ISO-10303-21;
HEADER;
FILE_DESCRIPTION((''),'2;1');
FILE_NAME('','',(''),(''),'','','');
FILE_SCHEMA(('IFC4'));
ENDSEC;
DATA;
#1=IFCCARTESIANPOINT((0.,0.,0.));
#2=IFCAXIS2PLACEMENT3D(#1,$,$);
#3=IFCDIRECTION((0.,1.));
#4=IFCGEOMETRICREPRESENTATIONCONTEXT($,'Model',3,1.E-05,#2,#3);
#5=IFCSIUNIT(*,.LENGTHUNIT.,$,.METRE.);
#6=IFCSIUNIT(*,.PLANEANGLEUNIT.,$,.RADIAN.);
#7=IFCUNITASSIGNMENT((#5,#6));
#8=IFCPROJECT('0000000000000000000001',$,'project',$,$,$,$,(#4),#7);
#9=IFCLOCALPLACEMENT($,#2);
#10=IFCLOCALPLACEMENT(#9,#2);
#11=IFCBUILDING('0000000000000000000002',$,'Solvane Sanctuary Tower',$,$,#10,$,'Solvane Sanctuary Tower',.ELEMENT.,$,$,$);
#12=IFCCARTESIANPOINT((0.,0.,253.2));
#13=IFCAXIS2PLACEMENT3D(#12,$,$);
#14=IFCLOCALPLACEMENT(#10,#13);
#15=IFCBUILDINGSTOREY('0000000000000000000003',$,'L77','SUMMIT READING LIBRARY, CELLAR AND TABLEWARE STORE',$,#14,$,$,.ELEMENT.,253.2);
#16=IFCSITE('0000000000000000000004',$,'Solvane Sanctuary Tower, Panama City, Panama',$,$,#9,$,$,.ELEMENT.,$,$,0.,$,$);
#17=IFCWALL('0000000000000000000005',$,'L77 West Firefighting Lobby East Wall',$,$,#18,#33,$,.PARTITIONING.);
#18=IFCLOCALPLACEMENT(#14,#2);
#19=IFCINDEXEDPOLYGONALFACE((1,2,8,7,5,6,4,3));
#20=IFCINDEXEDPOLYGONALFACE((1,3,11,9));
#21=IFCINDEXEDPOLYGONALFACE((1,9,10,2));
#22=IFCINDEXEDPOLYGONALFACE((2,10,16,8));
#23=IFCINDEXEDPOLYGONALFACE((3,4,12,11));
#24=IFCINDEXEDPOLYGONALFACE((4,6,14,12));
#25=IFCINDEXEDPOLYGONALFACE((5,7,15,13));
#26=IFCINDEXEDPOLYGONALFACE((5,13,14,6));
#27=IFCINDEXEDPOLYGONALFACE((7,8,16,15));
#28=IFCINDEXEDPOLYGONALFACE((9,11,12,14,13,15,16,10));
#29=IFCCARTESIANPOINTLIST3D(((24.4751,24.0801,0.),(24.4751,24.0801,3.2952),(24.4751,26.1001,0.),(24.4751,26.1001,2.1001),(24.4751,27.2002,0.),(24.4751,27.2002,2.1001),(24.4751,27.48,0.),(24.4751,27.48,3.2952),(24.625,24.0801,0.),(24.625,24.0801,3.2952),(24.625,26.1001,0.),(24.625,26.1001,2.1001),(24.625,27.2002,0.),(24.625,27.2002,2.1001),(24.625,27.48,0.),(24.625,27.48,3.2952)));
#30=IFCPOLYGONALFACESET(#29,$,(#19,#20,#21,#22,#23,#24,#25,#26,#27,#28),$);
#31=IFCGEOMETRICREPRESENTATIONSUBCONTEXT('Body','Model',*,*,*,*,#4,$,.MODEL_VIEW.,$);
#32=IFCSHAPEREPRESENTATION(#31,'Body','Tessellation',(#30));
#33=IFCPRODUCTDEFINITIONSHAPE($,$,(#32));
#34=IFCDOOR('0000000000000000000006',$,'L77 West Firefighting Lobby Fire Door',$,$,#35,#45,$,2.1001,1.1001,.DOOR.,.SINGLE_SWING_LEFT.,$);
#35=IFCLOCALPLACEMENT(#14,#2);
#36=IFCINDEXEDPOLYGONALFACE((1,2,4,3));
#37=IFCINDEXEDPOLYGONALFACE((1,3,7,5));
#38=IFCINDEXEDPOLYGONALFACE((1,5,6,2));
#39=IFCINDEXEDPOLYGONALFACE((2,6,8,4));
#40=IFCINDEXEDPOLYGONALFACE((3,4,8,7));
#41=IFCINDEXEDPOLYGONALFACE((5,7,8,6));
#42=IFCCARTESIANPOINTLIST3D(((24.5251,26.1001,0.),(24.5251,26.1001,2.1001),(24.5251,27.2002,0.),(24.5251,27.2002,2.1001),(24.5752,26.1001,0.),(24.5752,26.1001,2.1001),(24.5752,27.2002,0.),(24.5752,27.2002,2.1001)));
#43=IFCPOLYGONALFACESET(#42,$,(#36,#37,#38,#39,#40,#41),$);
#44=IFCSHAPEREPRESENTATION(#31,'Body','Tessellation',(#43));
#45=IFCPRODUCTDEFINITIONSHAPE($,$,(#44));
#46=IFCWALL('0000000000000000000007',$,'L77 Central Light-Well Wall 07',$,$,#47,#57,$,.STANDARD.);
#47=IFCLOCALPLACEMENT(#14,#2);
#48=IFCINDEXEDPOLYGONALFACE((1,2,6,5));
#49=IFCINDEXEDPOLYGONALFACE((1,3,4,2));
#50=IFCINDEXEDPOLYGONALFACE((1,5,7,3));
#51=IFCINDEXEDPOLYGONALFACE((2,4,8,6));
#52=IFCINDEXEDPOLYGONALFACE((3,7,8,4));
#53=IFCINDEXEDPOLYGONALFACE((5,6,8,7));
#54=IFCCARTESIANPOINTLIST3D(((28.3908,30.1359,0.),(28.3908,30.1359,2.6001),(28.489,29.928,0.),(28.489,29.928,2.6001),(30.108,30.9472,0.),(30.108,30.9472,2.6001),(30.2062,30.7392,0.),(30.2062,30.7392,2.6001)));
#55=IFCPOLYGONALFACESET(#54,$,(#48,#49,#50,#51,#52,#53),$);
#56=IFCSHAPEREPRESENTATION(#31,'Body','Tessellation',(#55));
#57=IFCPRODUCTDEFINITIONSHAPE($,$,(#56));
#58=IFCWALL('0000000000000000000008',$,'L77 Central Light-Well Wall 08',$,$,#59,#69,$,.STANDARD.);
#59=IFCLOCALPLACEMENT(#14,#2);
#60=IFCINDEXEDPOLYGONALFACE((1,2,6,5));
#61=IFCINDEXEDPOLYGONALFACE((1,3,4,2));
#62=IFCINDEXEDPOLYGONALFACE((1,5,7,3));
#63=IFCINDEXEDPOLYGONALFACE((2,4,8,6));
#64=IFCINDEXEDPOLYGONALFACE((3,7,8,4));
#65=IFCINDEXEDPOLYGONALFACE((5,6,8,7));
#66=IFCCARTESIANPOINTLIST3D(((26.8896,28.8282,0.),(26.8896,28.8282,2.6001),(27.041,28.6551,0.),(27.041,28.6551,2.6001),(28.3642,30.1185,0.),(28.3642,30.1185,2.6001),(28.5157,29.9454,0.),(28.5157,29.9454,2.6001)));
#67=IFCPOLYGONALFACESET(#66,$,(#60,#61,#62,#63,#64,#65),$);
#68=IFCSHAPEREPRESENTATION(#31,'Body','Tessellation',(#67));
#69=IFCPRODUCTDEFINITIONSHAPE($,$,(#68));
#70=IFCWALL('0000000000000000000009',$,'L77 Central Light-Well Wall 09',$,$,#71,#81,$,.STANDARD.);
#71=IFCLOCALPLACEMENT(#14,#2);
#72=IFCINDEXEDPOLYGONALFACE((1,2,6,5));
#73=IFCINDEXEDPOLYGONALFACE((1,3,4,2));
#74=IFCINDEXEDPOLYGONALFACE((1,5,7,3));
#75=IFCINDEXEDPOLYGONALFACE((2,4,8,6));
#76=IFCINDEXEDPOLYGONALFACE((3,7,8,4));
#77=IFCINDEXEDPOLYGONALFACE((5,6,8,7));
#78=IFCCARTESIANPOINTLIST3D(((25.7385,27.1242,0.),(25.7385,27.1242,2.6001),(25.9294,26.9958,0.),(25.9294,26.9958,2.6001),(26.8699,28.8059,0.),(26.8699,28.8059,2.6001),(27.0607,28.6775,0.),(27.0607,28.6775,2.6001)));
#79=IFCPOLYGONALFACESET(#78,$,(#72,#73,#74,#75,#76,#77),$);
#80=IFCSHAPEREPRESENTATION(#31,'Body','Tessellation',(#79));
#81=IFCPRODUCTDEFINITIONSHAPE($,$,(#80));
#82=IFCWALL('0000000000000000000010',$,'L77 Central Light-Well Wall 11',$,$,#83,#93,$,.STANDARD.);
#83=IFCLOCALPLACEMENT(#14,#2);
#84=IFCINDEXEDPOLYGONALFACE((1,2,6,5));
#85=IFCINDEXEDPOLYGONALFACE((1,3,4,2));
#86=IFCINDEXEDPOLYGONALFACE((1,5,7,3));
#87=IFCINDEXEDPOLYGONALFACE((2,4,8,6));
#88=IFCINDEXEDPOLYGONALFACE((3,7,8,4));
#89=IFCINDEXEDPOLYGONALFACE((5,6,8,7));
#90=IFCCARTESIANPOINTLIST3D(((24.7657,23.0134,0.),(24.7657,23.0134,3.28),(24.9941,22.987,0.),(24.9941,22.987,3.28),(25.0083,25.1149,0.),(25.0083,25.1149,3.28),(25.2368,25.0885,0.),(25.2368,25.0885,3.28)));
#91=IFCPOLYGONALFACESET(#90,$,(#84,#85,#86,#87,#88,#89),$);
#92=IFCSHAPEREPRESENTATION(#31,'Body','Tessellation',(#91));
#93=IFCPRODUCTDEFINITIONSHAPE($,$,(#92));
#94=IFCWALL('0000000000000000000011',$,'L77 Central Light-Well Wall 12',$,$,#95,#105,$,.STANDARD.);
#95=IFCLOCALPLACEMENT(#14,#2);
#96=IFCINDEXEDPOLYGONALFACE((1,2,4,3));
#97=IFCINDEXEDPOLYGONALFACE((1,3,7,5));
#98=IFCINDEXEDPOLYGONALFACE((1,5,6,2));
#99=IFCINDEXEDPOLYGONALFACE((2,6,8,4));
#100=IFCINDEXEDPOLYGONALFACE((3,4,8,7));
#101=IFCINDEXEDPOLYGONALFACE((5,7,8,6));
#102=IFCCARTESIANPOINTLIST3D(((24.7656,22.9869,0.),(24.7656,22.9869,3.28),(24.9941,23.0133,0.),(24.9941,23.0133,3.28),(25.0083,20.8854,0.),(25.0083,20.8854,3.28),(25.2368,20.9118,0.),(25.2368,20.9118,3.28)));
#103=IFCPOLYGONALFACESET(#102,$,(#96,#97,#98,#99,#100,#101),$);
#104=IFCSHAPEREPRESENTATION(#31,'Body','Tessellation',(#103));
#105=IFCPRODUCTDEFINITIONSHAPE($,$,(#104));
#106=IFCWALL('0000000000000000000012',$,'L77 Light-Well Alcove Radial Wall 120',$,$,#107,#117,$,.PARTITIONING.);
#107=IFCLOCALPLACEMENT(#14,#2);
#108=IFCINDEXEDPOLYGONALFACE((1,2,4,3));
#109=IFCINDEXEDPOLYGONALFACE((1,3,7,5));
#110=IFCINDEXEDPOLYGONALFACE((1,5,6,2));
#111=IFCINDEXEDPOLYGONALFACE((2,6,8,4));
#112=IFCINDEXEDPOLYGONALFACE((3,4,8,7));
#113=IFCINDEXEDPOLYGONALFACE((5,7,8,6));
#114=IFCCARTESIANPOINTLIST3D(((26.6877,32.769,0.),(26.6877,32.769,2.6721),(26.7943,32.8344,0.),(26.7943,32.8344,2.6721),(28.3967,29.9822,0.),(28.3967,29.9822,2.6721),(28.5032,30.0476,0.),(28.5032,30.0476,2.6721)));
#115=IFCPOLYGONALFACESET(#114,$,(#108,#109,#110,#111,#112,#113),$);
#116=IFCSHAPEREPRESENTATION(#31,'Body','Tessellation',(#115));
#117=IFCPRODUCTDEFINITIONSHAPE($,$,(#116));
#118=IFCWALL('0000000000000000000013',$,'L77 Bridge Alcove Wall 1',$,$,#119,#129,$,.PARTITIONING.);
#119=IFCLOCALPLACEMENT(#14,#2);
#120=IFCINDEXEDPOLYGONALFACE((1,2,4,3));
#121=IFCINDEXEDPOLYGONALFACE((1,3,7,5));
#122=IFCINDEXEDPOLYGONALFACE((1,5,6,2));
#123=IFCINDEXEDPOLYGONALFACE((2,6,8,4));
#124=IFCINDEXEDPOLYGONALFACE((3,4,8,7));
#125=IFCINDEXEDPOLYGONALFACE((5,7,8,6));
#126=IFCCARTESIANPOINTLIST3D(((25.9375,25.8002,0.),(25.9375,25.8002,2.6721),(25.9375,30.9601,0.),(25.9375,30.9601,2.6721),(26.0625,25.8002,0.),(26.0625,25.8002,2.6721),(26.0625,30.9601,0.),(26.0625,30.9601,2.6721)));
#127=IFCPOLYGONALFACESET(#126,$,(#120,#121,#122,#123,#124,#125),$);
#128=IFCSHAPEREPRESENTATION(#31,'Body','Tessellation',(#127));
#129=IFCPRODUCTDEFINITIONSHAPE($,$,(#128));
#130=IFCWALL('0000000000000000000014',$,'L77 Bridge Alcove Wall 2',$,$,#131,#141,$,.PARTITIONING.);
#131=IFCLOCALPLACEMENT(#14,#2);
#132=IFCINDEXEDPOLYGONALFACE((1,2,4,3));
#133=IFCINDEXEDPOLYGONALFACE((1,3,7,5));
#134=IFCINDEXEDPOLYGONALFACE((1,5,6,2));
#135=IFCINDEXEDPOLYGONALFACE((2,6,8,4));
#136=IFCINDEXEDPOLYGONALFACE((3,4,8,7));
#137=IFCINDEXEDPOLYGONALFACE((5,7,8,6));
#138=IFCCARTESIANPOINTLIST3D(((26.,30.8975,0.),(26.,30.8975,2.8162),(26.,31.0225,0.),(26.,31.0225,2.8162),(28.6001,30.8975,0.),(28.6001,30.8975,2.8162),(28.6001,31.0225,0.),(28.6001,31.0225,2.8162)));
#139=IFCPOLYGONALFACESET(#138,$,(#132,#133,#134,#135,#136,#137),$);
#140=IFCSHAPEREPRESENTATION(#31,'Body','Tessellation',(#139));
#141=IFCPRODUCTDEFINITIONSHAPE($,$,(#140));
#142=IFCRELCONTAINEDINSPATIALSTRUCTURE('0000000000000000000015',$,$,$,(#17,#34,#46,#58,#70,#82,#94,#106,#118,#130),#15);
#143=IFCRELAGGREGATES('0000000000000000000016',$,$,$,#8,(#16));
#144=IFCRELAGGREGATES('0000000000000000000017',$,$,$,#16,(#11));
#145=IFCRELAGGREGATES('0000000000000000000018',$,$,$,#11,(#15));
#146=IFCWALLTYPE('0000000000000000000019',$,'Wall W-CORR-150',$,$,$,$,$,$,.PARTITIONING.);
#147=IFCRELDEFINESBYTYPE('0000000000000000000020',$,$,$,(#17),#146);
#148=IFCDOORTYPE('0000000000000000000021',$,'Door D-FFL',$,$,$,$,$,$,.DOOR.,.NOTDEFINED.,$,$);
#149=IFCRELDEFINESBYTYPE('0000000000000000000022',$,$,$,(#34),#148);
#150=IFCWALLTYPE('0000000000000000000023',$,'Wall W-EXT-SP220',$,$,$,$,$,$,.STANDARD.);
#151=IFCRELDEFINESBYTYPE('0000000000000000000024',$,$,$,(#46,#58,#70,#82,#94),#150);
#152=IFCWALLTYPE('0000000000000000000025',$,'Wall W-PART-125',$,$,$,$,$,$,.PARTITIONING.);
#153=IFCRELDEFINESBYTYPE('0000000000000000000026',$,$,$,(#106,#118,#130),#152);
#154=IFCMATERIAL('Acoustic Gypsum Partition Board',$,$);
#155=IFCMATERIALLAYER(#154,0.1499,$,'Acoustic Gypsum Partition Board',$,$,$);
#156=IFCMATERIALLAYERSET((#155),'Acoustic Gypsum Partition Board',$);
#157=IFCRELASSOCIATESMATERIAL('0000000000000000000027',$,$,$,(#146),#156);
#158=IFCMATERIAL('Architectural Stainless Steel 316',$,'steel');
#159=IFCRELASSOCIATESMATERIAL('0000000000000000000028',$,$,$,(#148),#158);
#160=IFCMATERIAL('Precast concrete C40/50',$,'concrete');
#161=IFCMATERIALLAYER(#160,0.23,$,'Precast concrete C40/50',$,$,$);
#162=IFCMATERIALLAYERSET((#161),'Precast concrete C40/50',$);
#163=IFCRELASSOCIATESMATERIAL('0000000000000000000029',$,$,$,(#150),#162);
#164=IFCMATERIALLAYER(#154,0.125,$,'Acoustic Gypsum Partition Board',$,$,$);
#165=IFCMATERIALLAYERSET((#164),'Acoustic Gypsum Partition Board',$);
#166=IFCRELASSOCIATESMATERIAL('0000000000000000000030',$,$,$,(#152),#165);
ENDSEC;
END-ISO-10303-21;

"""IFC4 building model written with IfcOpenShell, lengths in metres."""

from ifc_helpers import new_model, si_unit, direction, frame, frame_2d, origin, place, context, subcontext, project, spatial, rectangle, extrude, material, layer, layer_set, type_object, element, fill, save


model = new_model("IFC4")

# Units and contexts
model_context = context("Model", 3, precision=1e-05, world=origin(), true_north=direction((0.0, 1.0)))
body_context = subcontext(model_context, "Body", "Model", "MODEL_VIEW")
ifc_project = project(units=[si_unit("LENGTHUNIT", "METRE"), si_unit("PLANEANGLEUNIT", "RADIAN")], contexts=[model_context])

# Site, building, storey
site_placement = place(None, origin())
site = spatial("IfcSite", under=ifc_project, at=site_placement, Name="Solvane Sanctuary Tower, Panama City, Panama", CompositionType="ELEMENT", RefElevation=0.0)
building_placement = place(site_placement, origin())
building = spatial("IfcBuilding", under=site, at=building_placement, Name="Solvane Sanctuary Tower", LongName="Solvane Sanctuary Tower", CompositionType="ELEMENT")
storey_placement = place(building_placement, frame((0.0, 0.0, 253.2)))
storey = spatial("IfcBuildingStorey", under=building, at=storey_placement, Name="L77", Description="SUMMIT READING LIBRARY, CELLAR AND TABLEWARE STORE", CompositionType="ELEMENT", Elevation=253.2)

# Wall, opening, door
ifc_material_1 = material(Name="Acoustic Gypsum Partition Board")
ifc_layer_1 = layer(ifc_material_1, 0.1499, Name="Acoustic Gypsum Partition Board")
ifc_layer_set_1 = layer_set([ifc_layer_1], Name="Acoustic Gypsum Partition Board")
wall_type_1 = type_object("IfcWallType", Name="Wall W-CORR-150", PredefinedType="PARTITIONING", material=ifc_layer_set_1)
wall_1_placement = place(storey_placement, frame((24.55, 24.0801, 0.0), z_axis=(0.0, 0.0, 1.0), x_axis=(0.0, 1.0, 0.0)))
wall_1 = element("IfcWall", 1, at=wall_1_placement, inside=storey, type_object=wall_type_1, Name="L77 West Firefighting Lobby East Wall", PredefinedType="PARTITIONING", context=body_context, shape_type="SweptSolid", body=[
    extrude(rectangle(XDim=3.3999, YDim=0.1499, at=frame_2d((1.7, 0.0))), origin(), (0.0, 0.0, 1.0), 3.2952),
])
opening_placement = place(wall_1_placement, frame((2.02, 0.0, 0.0)))
opening = element("IfcOpeningElement", 2, at=opening_placement, cuts=wall_1, PredefinedType="OPENING", context=body_context, shape_type="SweptSolid", body=[
    extrude(rectangle(XDim=1.1001, YDim=2.1001, at=frame_2d((0.55, 1.05))), frame((0.0, 0.085, 0.0), z_axis=(0.0, -1.0, 0.0), x_axis=(1.0, 0.0, 0.0)), (0.0, 0.0, 1.0), 0.1699),
])
ifc_material_2 = material(Name="Architectural Stainless Steel 316", Category="steel")
door_type = type_object("IfcDoorType", Name="Door D-FFL", OperationType="NOTDEFINED", PredefinedType="DOOR", material=ifc_material_2)
door_placement = place(opening_placement, origin())
door = element("IfcDoor", 3, at=door_placement, inside=storey, type_object=door_type, Name="L77 West Firefighting Lobby Fire Door", OperationType="SINGLE_SWING_LEFT", OverallHeight=2.1001, OverallWidth=1.1001, PredefinedType="DOOR", context=body_context, shape_type="SweptSolid", body=[
    extrude(rectangle(XDim=1.1001, YDim=2.1001, at=frame_2d((0.55, 1.05))), frame((0.0, 0.0249, 0.0), z_axis=(0.0, -1.0, 0.0), x_axis=(1.0, 0.0, 0.0)), (0.0, 0.0, 1.0), 0.05),
])
fill(opening, door)

# Walls
ifc_material_3 = material(Name="Precast concrete C40/50", Category="concrete")
ifc_layer_2 = layer(ifc_material_3, 0.23, Name="Precast concrete C40/50")
ifc_layer_set_2 = layer_set([ifc_layer_2], Name="Precast concrete C40/50")
wall_type_2 = type_object("IfcWallType", Name="Wall W-EXT-SP220", PredefinedType="STANDARD", material=ifc_layer_set_2)
wall_2_placement = place(storey_placement, frame((30.1572, 30.8433, 0.0), z_axis=(0.0, 0.0, 1.0), x_axis=(-0.90418, -0.427152, 0.0)))
element("IfcWall", 4, at=wall_2_placement, inside=storey, type_object=wall_type_2, Name="L77 Central Light-Well Wall 07", PredefinedType="STANDARD", context=body_context, shape_type="SweptSolid", body=[
    extrude(rectangle(XDim=1.8992, YDim=0.23, at=frame_2d((0.9497, 0.0))), origin(), (0.0, 0.0, 1.0), 2.6001),
])
wall_3_placement = place(storey_placement, frame((28.4399, 30.032, 0.0), z_axis=(0.0, 0.0, 1.0), x_axis=(-0.752577, -0.658505, 0.0)))
element("IfcWall", 5, at=wall_3_placement, inside=storey, type_object=wall_type_2, Name="L77 Central Light-Well Wall 08", PredefinedType="STANDARD", context=body_context, shape_type="SweptSolid", body=[
    extrude(rectangle(XDim=1.9595, YDim=0.23, at=frame_2d((0.9797, 0.0))), origin(), (0.0, 0.0, 1.0), 2.6001),
])
wall_4_placement = place(storey_placement, frame((26.9653, 28.7417, 0.0), z_axis=(0.0, 0.0, 1.0), x_axis=(-0.558198, -0.829708, 0.0)))
element("IfcWall", 6, at=wall_4_placement, inside=storey, type_object=wall_type_2, Name="L77 Central Light-Well Wall 09", PredefinedType="STANDARD", context=body_context, shape_type="SweptSolid", body=[
    extrude(rectangle(XDim=2.0269, YDim=0.23, at=frame_2d((1.0134, 0.0))), origin(), (0.0, 0.0, 1.0), 2.6001),
])
for number, where, z_axis, x_axis, name in (
    (7, (25.1226, 25.1016, 0.0), (0.0, 0.0, 1.0), (-0.114712, -0.993399, 0.0), "L77 Central Light-Well Wall 11"),
    (8, (24.8799, 23.0, 0.0), (0.0, 0.0, 1.0), (0.114712, -0.993399, 0.0), "L77 Central Light-Well Wall 12"),
):
    element("IfcWall", number, at=place(storey_placement, frame(where, z_axis=z_axis, x_axis=x_axis)), inside=storey, type_object=wall_type_2, Name=name, PredefinedType="STANDARD", context=body_context, shape_type="SweptSolid", body=[
        extrude(rectangle(XDim=2.1155, YDim=0.23, at=frame_2d((1.0576, 0.0))), origin(), (0.0, 0.0, 1.0), 3.28),
    ])
ifc_layer_3 = layer(ifc_material_1, 0.125, Name="Acoustic Gypsum Partition Board")
ifc_layer_set_3 = layer_set([ifc_layer_3], Name="Acoustic Gypsum Partition Board")
wall_type_3 = type_object("IfcWallType", Name="Wall W-PART-125", PredefinedType="PARTITIONING", material=ifc_layer_set_3)
wall_5_placement = place(storey_placement, frame((28.45, 30.0149, 0.0), z_axis=(0.0, 0.0, 1.0), x_axis=(-0.522763, 0.852478, 0.0)))
element("IfcWall", 9, at=wall_5_placement, inside=storey, type_object=wall_type_3, Name="L77 Light-Well Alcove Radial Wall 120", PredefinedType="PARTITIONING", context=body_context, shape_type="SweptSolid", body=[
    extrude(rectangle(XDim=3.269, YDim=0.125, at=frame_2d((1.6345, 0.0))), origin(), (0.0, 0.0, 1.0), 2.6721),
])
wall_6_placement = place(storey_placement, frame((26.0, 25.8, 0.0), z_axis=(0.0, 0.0, 1.0), x_axis=(0.0, 1.0, 0.0)))
element("IfcWall", 10, at=wall_6_placement, inside=storey, type_object=wall_type_3, Name="L77 Bridge Alcove Wall 1", PredefinedType="PARTITIONING", context=body_context, shape_type="SweptSolid", body=[
    extrude(rectangle(XDim=5.1599, YDim=0.125, at=frame_2d((2.5801, 0.0))), origin(), (0.0, 0.0, 1.0), 2.6721),
])
wall_7_placement = place(storey_placement, frame((26.0, 30.96, 0.0), z_axis=(0.0, 0.0, 1.0), x_axis=(1.0, 0.0, 0.0)))
element("IfcWall", 11, at=wall_7_placement, inside=storey, type_object=wall_type_3, Name="L77 Bridge Alcove Wall 2", PredefinedType="PARTITIONING", context=body_context, shape_type="SweptSolid", body=[
    extrude(rectangle(XDim=2.6001, YDim=0.125, at=frame_2d((1.3, 0.0))), origin(), (0.0, 0.0, 1.0), 2.8162),
])

save(model, "model.ifc")
